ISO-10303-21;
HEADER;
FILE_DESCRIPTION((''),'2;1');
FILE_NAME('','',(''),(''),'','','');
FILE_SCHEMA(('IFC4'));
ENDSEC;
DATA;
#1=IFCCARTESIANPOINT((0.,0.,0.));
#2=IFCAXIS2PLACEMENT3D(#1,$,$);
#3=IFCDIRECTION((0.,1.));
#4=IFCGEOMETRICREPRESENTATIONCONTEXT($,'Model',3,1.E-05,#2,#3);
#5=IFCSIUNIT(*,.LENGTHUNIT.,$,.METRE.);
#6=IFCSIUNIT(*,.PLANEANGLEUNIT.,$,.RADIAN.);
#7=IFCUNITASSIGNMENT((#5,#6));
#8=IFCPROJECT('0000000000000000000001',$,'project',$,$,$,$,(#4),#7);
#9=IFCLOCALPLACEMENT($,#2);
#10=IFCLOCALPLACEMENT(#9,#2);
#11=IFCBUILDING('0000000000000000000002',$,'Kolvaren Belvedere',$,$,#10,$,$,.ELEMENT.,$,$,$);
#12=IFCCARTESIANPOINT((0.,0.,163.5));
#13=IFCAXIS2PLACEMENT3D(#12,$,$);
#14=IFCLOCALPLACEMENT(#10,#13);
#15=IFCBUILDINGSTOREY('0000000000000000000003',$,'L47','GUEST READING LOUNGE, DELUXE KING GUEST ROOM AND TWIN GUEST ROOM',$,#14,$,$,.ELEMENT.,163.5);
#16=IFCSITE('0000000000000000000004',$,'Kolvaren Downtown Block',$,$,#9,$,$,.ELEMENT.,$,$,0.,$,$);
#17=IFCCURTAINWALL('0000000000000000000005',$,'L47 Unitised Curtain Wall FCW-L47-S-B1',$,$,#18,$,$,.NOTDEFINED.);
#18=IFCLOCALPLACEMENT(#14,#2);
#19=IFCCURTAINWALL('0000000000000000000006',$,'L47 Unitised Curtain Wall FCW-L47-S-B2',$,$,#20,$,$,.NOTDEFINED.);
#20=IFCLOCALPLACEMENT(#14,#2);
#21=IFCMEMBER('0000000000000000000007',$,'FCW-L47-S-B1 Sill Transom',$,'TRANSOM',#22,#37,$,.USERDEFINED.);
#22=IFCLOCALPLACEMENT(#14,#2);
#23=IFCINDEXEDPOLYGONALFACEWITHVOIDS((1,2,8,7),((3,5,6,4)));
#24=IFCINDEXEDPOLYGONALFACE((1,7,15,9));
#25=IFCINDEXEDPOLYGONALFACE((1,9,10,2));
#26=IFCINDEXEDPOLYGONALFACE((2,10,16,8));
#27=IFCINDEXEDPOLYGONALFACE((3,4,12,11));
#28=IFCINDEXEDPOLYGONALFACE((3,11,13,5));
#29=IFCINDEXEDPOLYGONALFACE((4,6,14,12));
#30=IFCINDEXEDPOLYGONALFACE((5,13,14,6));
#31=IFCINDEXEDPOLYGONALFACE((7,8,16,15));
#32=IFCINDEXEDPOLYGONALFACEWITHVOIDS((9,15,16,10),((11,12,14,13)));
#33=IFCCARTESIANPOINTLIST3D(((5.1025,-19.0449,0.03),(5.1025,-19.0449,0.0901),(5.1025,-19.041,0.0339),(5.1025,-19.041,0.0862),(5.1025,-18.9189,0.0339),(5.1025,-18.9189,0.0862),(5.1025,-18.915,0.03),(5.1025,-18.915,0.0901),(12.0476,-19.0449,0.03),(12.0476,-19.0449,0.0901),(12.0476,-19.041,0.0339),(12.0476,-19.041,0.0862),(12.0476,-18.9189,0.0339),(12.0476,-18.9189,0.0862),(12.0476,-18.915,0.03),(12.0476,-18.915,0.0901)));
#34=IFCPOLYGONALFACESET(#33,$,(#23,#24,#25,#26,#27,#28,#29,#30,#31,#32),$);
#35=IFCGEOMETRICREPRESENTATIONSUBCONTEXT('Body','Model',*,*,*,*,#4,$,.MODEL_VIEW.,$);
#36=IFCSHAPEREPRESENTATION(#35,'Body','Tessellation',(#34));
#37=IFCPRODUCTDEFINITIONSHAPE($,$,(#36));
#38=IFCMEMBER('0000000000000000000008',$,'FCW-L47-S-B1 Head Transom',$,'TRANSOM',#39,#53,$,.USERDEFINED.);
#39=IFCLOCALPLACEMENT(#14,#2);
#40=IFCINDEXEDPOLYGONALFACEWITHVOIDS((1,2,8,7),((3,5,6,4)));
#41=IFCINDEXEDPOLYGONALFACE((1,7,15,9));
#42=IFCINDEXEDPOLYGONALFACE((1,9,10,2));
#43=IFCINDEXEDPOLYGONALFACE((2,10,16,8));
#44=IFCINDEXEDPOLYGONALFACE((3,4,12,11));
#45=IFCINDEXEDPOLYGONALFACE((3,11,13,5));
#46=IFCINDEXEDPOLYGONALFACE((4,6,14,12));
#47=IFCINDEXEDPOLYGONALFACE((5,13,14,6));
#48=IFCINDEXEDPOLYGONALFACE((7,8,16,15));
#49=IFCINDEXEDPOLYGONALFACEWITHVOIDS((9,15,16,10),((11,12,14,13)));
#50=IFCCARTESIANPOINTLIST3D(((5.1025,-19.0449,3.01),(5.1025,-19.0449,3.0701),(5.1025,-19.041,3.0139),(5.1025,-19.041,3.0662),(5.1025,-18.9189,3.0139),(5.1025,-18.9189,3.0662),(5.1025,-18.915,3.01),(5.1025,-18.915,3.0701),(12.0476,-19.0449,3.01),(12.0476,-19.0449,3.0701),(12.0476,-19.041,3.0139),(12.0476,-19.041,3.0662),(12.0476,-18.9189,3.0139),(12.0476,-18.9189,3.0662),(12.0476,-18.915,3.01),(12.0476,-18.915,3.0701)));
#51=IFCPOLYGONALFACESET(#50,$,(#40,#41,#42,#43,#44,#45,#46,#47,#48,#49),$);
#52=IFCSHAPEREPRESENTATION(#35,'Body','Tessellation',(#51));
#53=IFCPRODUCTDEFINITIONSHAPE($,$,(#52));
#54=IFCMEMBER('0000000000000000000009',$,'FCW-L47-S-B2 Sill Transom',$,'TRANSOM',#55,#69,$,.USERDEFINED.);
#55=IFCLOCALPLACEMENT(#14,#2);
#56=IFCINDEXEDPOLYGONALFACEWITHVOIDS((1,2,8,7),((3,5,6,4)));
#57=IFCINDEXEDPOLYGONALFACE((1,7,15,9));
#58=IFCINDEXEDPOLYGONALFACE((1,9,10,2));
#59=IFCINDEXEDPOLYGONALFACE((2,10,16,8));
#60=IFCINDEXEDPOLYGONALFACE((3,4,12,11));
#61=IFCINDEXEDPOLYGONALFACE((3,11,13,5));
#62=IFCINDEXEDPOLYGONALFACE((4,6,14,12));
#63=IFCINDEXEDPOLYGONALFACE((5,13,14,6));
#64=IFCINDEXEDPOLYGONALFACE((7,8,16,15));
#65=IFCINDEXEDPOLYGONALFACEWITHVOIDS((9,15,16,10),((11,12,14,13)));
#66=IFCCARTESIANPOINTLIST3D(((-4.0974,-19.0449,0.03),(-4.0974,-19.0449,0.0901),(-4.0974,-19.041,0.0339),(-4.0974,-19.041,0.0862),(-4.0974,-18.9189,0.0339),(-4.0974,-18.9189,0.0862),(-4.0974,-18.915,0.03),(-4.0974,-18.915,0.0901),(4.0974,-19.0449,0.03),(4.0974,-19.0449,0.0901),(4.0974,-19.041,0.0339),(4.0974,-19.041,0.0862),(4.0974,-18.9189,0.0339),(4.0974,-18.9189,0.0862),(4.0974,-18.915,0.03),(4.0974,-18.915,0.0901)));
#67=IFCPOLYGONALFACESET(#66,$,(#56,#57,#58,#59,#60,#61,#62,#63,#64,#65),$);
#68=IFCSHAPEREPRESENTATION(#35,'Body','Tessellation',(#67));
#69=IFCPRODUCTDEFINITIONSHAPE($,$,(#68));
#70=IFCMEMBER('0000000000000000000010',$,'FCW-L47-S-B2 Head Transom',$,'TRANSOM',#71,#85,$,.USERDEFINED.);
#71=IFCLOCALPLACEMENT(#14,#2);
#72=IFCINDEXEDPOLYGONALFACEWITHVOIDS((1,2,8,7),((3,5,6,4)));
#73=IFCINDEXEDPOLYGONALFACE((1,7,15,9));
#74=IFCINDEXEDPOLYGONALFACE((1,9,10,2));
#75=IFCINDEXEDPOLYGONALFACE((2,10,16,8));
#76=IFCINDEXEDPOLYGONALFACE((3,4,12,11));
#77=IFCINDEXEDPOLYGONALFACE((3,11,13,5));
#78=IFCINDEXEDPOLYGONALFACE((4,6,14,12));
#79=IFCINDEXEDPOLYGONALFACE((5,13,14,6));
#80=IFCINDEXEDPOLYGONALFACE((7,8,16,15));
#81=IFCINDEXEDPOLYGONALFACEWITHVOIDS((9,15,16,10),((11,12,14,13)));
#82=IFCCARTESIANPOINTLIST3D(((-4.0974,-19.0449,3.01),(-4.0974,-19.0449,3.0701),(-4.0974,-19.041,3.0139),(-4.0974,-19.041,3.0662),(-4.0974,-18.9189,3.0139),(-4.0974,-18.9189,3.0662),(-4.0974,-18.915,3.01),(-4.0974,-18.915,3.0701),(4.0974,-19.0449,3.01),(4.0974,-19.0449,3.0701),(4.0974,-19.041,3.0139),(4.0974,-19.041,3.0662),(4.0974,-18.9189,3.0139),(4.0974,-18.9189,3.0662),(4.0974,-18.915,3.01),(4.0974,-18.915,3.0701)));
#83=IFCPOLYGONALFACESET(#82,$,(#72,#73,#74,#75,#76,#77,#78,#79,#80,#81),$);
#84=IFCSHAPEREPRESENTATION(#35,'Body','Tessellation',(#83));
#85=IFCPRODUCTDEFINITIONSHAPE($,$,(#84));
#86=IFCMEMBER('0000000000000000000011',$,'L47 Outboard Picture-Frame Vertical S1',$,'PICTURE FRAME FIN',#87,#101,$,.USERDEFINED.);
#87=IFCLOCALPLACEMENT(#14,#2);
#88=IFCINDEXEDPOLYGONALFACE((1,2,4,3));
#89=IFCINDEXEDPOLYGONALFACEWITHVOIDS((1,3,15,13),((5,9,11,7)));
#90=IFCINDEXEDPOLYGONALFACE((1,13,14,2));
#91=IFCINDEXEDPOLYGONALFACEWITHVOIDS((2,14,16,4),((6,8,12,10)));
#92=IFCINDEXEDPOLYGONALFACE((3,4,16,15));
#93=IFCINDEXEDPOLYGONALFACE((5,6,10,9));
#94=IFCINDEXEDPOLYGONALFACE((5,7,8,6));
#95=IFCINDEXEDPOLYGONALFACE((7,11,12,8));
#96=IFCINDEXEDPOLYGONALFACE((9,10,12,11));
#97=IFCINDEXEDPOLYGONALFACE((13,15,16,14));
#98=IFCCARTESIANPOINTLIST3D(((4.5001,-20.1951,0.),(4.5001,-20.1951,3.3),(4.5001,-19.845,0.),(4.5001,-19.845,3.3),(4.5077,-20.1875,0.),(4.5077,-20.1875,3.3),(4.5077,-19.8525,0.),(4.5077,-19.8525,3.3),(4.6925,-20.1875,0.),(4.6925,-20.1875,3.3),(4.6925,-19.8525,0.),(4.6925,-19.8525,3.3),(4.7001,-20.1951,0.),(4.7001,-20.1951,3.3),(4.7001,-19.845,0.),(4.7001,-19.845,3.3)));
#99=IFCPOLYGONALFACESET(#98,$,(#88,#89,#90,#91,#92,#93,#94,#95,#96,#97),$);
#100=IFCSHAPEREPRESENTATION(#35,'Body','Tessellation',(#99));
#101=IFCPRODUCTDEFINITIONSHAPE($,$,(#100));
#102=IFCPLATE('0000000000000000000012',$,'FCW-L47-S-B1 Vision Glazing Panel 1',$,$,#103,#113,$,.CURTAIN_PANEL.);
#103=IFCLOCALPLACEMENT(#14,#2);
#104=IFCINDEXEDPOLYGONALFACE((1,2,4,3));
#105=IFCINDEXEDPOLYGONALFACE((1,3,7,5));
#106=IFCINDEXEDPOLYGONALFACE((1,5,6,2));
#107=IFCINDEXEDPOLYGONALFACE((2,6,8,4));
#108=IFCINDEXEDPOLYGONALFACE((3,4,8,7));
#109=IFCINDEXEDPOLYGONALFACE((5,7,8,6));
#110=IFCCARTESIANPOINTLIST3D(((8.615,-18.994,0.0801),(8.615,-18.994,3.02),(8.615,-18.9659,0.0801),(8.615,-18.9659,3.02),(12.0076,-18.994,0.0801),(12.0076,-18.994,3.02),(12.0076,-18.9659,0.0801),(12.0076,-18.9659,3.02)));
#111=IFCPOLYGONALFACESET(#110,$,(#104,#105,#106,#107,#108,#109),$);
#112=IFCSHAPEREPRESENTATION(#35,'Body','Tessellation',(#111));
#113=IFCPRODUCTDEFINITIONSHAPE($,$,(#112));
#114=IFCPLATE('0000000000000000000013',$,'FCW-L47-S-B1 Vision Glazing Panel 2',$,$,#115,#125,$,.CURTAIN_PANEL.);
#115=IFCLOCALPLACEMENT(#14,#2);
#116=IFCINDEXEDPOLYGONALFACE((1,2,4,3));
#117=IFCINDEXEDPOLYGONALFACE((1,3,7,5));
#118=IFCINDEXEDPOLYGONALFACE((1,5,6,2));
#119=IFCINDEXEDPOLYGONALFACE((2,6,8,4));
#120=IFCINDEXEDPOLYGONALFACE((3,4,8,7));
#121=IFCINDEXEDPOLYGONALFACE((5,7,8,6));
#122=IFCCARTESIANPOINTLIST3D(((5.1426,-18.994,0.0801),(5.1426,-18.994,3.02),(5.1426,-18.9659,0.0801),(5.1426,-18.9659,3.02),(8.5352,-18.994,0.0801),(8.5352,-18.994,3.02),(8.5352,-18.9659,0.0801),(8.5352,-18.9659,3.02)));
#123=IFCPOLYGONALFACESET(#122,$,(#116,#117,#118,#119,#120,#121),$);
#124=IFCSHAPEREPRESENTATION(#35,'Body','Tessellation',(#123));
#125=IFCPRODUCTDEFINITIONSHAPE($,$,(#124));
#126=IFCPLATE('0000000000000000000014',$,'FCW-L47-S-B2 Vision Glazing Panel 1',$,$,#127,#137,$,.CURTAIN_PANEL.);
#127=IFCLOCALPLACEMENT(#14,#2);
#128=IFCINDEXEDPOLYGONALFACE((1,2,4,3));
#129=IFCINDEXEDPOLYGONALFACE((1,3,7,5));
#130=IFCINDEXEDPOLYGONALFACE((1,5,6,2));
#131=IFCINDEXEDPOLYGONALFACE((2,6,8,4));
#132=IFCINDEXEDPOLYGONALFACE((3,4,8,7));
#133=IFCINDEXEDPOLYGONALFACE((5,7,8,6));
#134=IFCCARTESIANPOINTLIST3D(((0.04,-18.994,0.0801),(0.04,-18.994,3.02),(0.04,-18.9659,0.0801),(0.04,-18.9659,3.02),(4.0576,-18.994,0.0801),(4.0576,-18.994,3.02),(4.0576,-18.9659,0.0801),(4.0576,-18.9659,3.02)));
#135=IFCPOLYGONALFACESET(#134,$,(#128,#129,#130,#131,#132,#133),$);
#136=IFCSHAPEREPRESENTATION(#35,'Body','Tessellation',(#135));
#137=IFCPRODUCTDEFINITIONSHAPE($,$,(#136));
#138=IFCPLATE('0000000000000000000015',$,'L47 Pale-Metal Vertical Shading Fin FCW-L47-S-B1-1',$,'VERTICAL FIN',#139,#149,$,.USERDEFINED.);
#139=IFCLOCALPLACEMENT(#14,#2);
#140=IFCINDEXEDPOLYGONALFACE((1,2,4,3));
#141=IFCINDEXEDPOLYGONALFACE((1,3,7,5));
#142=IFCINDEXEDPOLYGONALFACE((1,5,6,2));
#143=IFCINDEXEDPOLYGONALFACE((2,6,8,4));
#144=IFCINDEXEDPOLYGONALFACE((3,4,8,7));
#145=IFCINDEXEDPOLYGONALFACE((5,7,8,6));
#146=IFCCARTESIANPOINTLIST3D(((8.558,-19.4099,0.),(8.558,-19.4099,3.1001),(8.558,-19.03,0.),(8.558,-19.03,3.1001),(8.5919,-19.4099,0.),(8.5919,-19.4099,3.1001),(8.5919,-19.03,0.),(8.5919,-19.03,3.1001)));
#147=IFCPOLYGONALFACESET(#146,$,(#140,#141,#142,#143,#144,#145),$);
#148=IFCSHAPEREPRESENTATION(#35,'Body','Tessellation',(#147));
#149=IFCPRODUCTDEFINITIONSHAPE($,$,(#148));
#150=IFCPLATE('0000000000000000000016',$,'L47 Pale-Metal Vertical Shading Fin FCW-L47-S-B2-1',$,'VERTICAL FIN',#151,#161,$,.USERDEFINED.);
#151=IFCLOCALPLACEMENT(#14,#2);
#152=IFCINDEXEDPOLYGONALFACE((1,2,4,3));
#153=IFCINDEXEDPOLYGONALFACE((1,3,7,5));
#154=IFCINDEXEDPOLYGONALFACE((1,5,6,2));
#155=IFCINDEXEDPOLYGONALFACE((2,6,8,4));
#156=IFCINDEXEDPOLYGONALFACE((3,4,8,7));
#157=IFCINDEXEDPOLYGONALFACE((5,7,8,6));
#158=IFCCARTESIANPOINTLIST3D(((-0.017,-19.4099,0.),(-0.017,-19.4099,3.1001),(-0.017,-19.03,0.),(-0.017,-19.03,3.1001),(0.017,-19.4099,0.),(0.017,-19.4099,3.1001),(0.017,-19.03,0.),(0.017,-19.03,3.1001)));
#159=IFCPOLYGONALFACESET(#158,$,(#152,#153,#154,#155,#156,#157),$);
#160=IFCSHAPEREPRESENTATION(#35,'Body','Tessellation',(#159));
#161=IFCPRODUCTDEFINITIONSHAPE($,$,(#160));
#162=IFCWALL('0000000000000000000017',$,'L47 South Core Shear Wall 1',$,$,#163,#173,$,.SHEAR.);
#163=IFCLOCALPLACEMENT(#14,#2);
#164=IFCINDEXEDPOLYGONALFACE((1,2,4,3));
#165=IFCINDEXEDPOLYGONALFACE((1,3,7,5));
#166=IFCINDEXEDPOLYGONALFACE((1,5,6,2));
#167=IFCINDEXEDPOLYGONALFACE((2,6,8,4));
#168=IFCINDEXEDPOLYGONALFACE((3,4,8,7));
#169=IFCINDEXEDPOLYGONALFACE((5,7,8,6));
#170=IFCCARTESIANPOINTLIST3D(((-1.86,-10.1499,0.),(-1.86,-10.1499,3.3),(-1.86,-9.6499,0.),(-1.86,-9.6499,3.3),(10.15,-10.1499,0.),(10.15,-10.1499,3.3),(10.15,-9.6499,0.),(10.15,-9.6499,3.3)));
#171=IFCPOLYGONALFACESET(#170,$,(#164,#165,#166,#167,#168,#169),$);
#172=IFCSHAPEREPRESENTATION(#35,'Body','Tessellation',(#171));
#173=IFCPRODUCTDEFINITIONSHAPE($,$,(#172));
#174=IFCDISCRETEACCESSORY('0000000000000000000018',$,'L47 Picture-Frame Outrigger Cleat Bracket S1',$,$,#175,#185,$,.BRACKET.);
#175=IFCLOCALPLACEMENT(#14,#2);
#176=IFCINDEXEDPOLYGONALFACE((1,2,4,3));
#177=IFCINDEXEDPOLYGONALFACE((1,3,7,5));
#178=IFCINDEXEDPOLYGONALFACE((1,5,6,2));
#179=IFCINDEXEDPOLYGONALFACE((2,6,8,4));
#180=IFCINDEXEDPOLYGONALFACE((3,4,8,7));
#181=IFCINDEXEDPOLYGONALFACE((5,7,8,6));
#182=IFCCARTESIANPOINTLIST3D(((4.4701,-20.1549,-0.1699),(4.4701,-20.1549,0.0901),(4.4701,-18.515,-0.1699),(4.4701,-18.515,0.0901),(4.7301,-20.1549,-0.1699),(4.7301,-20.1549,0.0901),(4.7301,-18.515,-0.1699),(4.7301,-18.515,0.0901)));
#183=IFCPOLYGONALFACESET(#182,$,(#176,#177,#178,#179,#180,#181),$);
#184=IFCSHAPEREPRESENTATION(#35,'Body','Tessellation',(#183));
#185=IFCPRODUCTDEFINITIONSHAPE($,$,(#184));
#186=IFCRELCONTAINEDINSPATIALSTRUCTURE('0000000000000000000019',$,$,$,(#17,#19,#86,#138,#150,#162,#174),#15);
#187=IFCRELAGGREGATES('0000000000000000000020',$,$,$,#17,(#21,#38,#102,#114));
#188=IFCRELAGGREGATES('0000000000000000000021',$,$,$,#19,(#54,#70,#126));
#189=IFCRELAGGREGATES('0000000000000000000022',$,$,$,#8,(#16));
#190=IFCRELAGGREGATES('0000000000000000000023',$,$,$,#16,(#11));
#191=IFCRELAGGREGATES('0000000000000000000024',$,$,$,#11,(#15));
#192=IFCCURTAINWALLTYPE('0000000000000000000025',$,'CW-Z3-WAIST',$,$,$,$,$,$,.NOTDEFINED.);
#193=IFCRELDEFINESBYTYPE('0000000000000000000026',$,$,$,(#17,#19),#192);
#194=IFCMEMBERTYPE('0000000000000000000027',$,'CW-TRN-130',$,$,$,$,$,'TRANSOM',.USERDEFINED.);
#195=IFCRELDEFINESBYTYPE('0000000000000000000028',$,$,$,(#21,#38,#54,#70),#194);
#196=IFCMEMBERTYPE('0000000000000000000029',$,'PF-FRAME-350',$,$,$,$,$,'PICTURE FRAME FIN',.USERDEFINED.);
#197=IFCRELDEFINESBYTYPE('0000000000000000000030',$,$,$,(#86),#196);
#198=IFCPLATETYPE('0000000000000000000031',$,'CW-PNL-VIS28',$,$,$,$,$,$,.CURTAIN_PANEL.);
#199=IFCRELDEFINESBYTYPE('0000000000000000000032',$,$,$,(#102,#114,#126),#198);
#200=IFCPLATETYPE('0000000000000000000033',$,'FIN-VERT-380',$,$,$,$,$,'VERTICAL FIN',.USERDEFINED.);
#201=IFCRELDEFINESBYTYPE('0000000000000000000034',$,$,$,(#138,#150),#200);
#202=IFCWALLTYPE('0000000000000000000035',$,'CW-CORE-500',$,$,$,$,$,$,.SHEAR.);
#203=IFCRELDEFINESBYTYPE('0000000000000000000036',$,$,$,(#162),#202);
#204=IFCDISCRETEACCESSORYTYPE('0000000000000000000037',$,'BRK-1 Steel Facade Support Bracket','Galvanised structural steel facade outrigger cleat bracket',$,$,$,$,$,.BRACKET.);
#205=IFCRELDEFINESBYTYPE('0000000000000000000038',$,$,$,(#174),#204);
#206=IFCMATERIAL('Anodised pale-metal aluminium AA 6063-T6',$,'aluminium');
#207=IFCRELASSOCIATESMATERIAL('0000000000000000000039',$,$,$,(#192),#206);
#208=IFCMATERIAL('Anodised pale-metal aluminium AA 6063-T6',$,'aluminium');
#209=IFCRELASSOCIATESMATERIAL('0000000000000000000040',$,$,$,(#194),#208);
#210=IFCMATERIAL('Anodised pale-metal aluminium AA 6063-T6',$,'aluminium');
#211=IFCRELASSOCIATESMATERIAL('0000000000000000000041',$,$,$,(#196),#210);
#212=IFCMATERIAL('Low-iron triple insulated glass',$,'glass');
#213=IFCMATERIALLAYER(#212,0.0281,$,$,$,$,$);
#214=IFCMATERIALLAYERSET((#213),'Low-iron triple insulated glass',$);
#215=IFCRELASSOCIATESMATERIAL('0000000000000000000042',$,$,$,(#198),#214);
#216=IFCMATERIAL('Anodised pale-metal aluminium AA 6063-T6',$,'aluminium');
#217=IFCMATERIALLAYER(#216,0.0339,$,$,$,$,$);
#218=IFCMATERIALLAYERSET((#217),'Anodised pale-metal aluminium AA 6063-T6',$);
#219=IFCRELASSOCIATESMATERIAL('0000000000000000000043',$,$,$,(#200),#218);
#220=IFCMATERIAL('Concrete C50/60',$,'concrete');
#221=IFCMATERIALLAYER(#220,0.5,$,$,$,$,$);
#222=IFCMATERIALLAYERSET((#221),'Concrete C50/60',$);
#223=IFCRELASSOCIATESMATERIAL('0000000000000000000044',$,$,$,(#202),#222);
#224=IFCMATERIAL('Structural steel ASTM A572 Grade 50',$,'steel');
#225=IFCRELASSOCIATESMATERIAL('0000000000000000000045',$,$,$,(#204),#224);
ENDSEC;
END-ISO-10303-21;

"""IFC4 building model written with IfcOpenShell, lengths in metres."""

from ifc_helpers import new_model, si_unit, direction, frame, frame_2d, origin, origin_2d, place, context, subcontext, project, spatial, rectangle, hollow_rectangle, extrude, material, layer, layer_set, material_profile, profile_set, type_object, element, aggregate, save


model = new_model("IFC4")

# Units and contexts
model_context = context("Model", 3, precision=1e-05, world=origin(), true_north=direction((0.0, 1.0)))
body_context = subcontext(model_context, "Body", "Model", "MODEL_VIEW")
ifc_project = project(units=[si_unit("LENGTHUNIT", "METRE"), si_unit("PLANEANGLEUNIT", "RADIAN")], contexts=[model_context])

# Site, building, storey
site_placement = place(None, origin())
site = spatial("IfcSite", under=ifc_project, at=site_placement, Name="Kolvaren Downtown Block", CompositionType="ELEMENT", RefElevation=0.0)
building_placement = place(site_placement, origin())
building = spatial("IfcBuilding", under=site, at=building_placement, Name="Kolvaren Belvedere", CompositionType="ELEMENT")
storey_placement = place(building_placement, frame((0.0, 0.0, 163.5)))
storey = spatial("IfcBuildingStorey", under=building, at=storey_placement, Name="L47", Description="GUEST READING LOUNGE, DELUXE KING GUEST ROOM AND TWIN GUEST ROOM", CompositionType="ELEMENT", Elevation=163.5)

# Curtain walls
ifc_material_1 = material(Name="Anodised pale-metal aluminium AA 6063-T6", Category="aluminium")
curtain_wall_type = type_object("IfcCurtainWallType", Name="CW-Z3-WAIST", PredefinedType="NOTDEFINED", material=ifc_material_1)
curtain_wall_1_placement = place(storey_placement, origin())
curtain_wall_1 = element("IfcCurtainWall", 1, at=curtain_wall_1_placement, inside=storey, type_object=curtain_wall_type, Name="L47 Unitised Curtain Wall FCW-L47-S-B1", PredefinedType="NOTDEFINED")
curtain_wall_2_placement = place(storey_placement, origin())
curtain_wall_2 = element("IfcCurtainWall", 2, at=curtain_wall_2_placement, inside=storey, type_object=curtain_wall_type, Name="L47 Unitised Curtain Wall FCW-L47-S-B2", PredefinedType="NOTDEFINED")

# Members
ifc_material_2 = material(Name="Anodised pale-metal aluminium AA 6063-T6", Category="aluminium")
ifc_material_profile_1 = material_profile(ifc_material_2, hollow_rectangle(XDim=0.0601, YDim=0.1299, WallThickness=0.0039, at=origin_2d()), Name="ALU-TRN-130X60")
ifc_profile_set_1 = profile_set([ifc_material_profile_1], Name="Anodised pale-metal aluminium AA 6063-T6")
member_type_1 = type_object("IfcMemberType", Name="CW-TRN-130", ElementType="TRANSOM", PredefinedType="USERDEFINED", material=ifc_profile_set_1)
member_1_placement = place(storey_placement, frame((12.0476, -18.98, 0.0601), z_axis=(-1.0, 0.0, 0.0), x_axis=(0.0, 0.0, 1.0)))
member_1 = element("IfcMember", 3, at=member_1_placement, type_object=member_type_1, Name="FCW-L47-S-B1 Sill Transom", ObjectType="TRANSOM", PredefinedType="USERDEFINED", context=body_context, shape_type="SweptSolid", body=[
    extrude(hollow_rectangle(XDim=0.0601, YDim=0.1299, WallThickness=0.0039, at=origin_2d()), origin(), (0.0, 0.0, 1.0), 6.9451),
])
member_2_placement = place(storey_placement, frame((12.0476, -18.98, 3.04), z_axis=(-1.0, 0.0, 0.0), x_axis=(0.0, 0.0, 1.0)))
member_2 = element("IfcMember", 4, at=member_2_placement, type_object=member_type_1, Name="FCW-L47-S-B1 Head Transom", ObjectType="TRANSOM", PredefinedType="USERDEFINED", context=body_context, shape_type="SweptSolid", body=[
    extrude(hollow_rectangle(XDim=0.0601, YDim=0.1299, WallThickness=0.0039, at=origin_2d()), origin(), (0.0, 0.0, 1.0), 6.9451),
])
member_3_placement = place(storey_placement, frame((4.0974, -18.98, 0.0601), z_axis=(-1.0, 0.0, 0.0), x_axis=(0.0, 0.0, 1.0)))
member_3 = element("IfcMember", 5, at=member_3_placement, type_object=member_type_1, Name="FCW-L47-S-B2 Sill Transom", ObjectType="TRANSOM", PredefinedType="USERDEFINED", context=body_context, shape_type="SweptSolid", body=[
    extrude(hollow_rectangle(XDim=0.0601, YDim=0.1299, WallThickness=0.0039, at=origin_2d()), origin(), (0.0, 0.0, 1.0), 8.1948),
])
member_4_placement = place(storey_placement, frame((4.0974, -18.98, 3.04), z_axis=(-1.0, 0.0, 0.0), x_axis=(0.0, 0.0, 1.0)))
member_4 = element("IfcMember", 6, at=member_4_placement, type_object=member_type_1, Name="FCW-L47-S-B2 Head Transom", ObjectType="TRANSOM", PredefinedType="USERDEFINED", context=body_context, shape_type="SweptSolid", body=[
    extrude(hollow_rectangle(XDim=0.0601, YDim=0.1299, WallThickness=0.0039, at=origin_2d()), origin(), (0.0, 0.0, 1.0), 8.1948),
])
ifc_material_3 = material(Name="Anodised pale-metal aluminium AA 6063-T6", Category="aluminium")
ifc_material_profile_2 = material_profile(ifc_material_3, hollow_rectangle(XDim=0.2, YDim=0.3501, WallThickness=0.0076, at=origin_2d()), Name="ALU-PF-350X200")
ifc_profile_set_2 = profile_set([ifc_material_profile_2], Name="Anodised pale-metal aluminium AA 6063-T6")
member_type_2 = type_object("IfcMemberType", Name="PF-FRAME-350", ElementType="PICTURE FRAME FIN", PredefinedType="USERDEFINED", material=ifc_profile_set_2)
member_5_placement = place(storey_placement, frame((4.6001, -20.02, 0.0), z_axis=(0.0, 0.0, 1.0), x_axis=(1.0, 0.0, 0.0)))
element("IfcMember", 7, at=member_5_placement, inside=storey, type_object=member_type_2, Name="L47 Outboard Picture-Frame Vertical S1", ObjectType="PICTURE FRAME FIN", PredefinedType="USERDEFINED", context=body_context, shape_type="SweptSolid", body=[
    extrude(hollow_rectangle(XDim=0.2, YDim=0.3501, WallThickness=0.0076, at=origin_2d()), origin(), (0.0, 0.0, 1.0), 3.3),
])

# Plates
ifc_material_4 = material(Name="Low-iron triple insulated glass", Category="glass")
ifc_layer_1 = layer(ifc_material_4, 0.0281)
ifc_layer_set_1 = layer_set([ifc_layer_1], Name="Low-iron triple insulated glass")
plate_type_1 = type_object("IfcPlateType", Name="CW-PNL-VIS28", PredefinedType="CURTAIN_PANEL", material=ifc_layer_set_1)
plate_1_placement = place(storey_placement, frame((10.3113, -18.98, 0.0801), z_axis=(0.0, 0.0, 1.0), x_axis=(-1.0, 0.0, 0.0)))
plate_1 = element("IfcPlate", 8, at=plate_1_placement, type_object=plate_type_1, Name="FCW-L47-S-B1 Vision Glazing Panel 1", PredefinedType="CURTAIN_PANEL", context=body_context, shape_type="SweptSolid", body=[
    extrude(rectangle(XDim=3.3926, YDim=0.0281, at=origin_2d()), origin(), (0.0, 0.0, 1.0), 2.9399),
])
plate_2_placement = place(storey_placement, frame((6.8389, -18.98, 0.0801), z_axis=(0.0, 0.0, 1.0), x_axis=(-1.0, 0.0, 0.0)))
plate_2 = element("IfcPlate", 9, at=plate_2_placement, type_object=plate_type_1, Name="FCW-L47-S-B1 Vision Glazing Panel 2", PredefinedType="CURTAIN_PANEL", context=body_context, shape_type="SweptSolid", body=[
    extrude(rectangle(XDim=3.3926, YDim=0.0281, at=origin_2d()), origin(), (0.0, 0.0, 1.0), 2.9399),
])
aggregate(curtain_wall_1, [member_1, member_2, plate_1, plate_2])
plate_3_placement = place(storey_placement, frame((2.0488, -18.98, 0.0801), z_axis=(0.0, 0.0, 1.0), x_axis=(-1.0, 0.0, 0.0)))
plate_3 = element("IfcPlate", 10, at=plate_3_placement, type_object=plate_type_1, Name="FCW-L47-S-B2 Vision Glazing Panel 1", PredefinedType="CURTAIN_PANEL", context=body_context, shape_type="SweptSolid", body=[
    extrude(rectangle(XDim=4.0176, YDim=0.0281, at=origin_2d()), origin(), (0.0, 0.0, 1.0), 2.9399),
])
aggregate(curtain_wall_2, [member_3, member_4, plate_3])

# Plates
ifc_material_5 = material(Name="Anodised pale-metal aluminium AA 6063-T6", Category="aluminium")
ifc_layer_2 = layer(ifc_material_5, 0.0339)
ifc_layer_set_2 = layer_set([ifc_layer_2], Name="Anodised pale-metal aluminium AA 6063-T6")
plate_type_2 = type_object("IfcPlateType", Name="FIN-VERT-380", ElementType="VERTICAL FIN", PredefinedType="USERDEFINED", material=ifc_layer_set_2)
for number, where, z_axis, x_axis, name in (
    (11, (8.575, -19.22, 0.0), (0.0, 0.0, 1.0), (0.0, 1.0, 0.0), "L47 Pale-Metal Vertical Shading Fin FCW-L47-S-B1-1"),
    (12, (0.0, -19.22, 0.0), (0.0, 0.0, 1.0), (0.0, 1.0, 0.0), "L47 Pale-Metal Vertical Shading Fin FCW-L47-S-B2-1"),
):
    element("IfcPlate", number, at=place(storey_placement, frame(where, z_axis=z_axis, x_axis=x_axis)), inside=storey, type_object=plate_type_2, Name=name, ObjectType="VERTICAL FIN", PredefinedType="USERDEFINED", context=body_context, shape_type="SweptSolid", body=[
        extrude(rectangle(XDim=0.3799, YDim=0.0339, at=origin_2d()), origin(), (0.0, 0.0, 1.0), 3.1001),
    ])

# Wall
ifc_material_6 = material(Name="Concrete C50/60", Category="concrete")
ifc_layer_3 = layer(ifc_material_6, 0.5)
ifc_layer_set_3 = layer_set([ifc_layer_3], Name="Concrete C50/60")
wall_type = type_object("IfcWallType", Name="CW-CORE-500", PredefinedType="SHEAR", material=ifc_layer_set_3)
wall_placement = place(storey_placement, frame((10.1499, -9.8999, 0.0), z_axis=(0.0, 0.0, 1.0), x_axis=(-1.0, 0.0, 0.0)))
element("IfcWall", 13, at=wall_placement, inside=storey, type_object=wall_type, Name="L47 South Core Shear Wall 1", PredefinedType="SHEAR", context=body_context, shape_type="SweptSolid", body=[
    extrude(rectangle(XDim=12.01, YDim=0.5, at=frame_2d((6.0049, 0.0))), origin(), (0.0, 0.0, 1.0), 3.3),
])

# Discrete accessory
ifc_material_7 = material(Name="Structural steel ASTM A572 Grade 50", Category="steel")
discrete_accessory_type = type_object("IfcDiscreteAccessoryType", Name="BRK-1 Steel Facade Support Bracket", Description="Galvanised structural steel facade outrigger cleat bracket", PredefinedType="BRACKET", material=ifc_material_7)
discrete_accessory_placement = place(storey_placement, frame((4.6001, -19.335, -0.1699), z_axis=(0.0, 0.0, 1.0), x_axis=(0.0, 1.0, 0.0)))
element("IfcDiscreteAccessory", 14, at=discrete_accessory_placement, inside=storey, type_object=discrete_accessory_type, Name="L47 Picture-Frame Outrigger Cleat Bracket S1", PredefinedType="BRACKET", context=body_context, shape_type="SweptSolid", body=[
    extrude(rectangle(XDim=1.6399, YDim=0.26, at=origin_2d()), origin(), (0.0, 0.0, 1.0), 0.26),
])

save(model, "model.ifc")
